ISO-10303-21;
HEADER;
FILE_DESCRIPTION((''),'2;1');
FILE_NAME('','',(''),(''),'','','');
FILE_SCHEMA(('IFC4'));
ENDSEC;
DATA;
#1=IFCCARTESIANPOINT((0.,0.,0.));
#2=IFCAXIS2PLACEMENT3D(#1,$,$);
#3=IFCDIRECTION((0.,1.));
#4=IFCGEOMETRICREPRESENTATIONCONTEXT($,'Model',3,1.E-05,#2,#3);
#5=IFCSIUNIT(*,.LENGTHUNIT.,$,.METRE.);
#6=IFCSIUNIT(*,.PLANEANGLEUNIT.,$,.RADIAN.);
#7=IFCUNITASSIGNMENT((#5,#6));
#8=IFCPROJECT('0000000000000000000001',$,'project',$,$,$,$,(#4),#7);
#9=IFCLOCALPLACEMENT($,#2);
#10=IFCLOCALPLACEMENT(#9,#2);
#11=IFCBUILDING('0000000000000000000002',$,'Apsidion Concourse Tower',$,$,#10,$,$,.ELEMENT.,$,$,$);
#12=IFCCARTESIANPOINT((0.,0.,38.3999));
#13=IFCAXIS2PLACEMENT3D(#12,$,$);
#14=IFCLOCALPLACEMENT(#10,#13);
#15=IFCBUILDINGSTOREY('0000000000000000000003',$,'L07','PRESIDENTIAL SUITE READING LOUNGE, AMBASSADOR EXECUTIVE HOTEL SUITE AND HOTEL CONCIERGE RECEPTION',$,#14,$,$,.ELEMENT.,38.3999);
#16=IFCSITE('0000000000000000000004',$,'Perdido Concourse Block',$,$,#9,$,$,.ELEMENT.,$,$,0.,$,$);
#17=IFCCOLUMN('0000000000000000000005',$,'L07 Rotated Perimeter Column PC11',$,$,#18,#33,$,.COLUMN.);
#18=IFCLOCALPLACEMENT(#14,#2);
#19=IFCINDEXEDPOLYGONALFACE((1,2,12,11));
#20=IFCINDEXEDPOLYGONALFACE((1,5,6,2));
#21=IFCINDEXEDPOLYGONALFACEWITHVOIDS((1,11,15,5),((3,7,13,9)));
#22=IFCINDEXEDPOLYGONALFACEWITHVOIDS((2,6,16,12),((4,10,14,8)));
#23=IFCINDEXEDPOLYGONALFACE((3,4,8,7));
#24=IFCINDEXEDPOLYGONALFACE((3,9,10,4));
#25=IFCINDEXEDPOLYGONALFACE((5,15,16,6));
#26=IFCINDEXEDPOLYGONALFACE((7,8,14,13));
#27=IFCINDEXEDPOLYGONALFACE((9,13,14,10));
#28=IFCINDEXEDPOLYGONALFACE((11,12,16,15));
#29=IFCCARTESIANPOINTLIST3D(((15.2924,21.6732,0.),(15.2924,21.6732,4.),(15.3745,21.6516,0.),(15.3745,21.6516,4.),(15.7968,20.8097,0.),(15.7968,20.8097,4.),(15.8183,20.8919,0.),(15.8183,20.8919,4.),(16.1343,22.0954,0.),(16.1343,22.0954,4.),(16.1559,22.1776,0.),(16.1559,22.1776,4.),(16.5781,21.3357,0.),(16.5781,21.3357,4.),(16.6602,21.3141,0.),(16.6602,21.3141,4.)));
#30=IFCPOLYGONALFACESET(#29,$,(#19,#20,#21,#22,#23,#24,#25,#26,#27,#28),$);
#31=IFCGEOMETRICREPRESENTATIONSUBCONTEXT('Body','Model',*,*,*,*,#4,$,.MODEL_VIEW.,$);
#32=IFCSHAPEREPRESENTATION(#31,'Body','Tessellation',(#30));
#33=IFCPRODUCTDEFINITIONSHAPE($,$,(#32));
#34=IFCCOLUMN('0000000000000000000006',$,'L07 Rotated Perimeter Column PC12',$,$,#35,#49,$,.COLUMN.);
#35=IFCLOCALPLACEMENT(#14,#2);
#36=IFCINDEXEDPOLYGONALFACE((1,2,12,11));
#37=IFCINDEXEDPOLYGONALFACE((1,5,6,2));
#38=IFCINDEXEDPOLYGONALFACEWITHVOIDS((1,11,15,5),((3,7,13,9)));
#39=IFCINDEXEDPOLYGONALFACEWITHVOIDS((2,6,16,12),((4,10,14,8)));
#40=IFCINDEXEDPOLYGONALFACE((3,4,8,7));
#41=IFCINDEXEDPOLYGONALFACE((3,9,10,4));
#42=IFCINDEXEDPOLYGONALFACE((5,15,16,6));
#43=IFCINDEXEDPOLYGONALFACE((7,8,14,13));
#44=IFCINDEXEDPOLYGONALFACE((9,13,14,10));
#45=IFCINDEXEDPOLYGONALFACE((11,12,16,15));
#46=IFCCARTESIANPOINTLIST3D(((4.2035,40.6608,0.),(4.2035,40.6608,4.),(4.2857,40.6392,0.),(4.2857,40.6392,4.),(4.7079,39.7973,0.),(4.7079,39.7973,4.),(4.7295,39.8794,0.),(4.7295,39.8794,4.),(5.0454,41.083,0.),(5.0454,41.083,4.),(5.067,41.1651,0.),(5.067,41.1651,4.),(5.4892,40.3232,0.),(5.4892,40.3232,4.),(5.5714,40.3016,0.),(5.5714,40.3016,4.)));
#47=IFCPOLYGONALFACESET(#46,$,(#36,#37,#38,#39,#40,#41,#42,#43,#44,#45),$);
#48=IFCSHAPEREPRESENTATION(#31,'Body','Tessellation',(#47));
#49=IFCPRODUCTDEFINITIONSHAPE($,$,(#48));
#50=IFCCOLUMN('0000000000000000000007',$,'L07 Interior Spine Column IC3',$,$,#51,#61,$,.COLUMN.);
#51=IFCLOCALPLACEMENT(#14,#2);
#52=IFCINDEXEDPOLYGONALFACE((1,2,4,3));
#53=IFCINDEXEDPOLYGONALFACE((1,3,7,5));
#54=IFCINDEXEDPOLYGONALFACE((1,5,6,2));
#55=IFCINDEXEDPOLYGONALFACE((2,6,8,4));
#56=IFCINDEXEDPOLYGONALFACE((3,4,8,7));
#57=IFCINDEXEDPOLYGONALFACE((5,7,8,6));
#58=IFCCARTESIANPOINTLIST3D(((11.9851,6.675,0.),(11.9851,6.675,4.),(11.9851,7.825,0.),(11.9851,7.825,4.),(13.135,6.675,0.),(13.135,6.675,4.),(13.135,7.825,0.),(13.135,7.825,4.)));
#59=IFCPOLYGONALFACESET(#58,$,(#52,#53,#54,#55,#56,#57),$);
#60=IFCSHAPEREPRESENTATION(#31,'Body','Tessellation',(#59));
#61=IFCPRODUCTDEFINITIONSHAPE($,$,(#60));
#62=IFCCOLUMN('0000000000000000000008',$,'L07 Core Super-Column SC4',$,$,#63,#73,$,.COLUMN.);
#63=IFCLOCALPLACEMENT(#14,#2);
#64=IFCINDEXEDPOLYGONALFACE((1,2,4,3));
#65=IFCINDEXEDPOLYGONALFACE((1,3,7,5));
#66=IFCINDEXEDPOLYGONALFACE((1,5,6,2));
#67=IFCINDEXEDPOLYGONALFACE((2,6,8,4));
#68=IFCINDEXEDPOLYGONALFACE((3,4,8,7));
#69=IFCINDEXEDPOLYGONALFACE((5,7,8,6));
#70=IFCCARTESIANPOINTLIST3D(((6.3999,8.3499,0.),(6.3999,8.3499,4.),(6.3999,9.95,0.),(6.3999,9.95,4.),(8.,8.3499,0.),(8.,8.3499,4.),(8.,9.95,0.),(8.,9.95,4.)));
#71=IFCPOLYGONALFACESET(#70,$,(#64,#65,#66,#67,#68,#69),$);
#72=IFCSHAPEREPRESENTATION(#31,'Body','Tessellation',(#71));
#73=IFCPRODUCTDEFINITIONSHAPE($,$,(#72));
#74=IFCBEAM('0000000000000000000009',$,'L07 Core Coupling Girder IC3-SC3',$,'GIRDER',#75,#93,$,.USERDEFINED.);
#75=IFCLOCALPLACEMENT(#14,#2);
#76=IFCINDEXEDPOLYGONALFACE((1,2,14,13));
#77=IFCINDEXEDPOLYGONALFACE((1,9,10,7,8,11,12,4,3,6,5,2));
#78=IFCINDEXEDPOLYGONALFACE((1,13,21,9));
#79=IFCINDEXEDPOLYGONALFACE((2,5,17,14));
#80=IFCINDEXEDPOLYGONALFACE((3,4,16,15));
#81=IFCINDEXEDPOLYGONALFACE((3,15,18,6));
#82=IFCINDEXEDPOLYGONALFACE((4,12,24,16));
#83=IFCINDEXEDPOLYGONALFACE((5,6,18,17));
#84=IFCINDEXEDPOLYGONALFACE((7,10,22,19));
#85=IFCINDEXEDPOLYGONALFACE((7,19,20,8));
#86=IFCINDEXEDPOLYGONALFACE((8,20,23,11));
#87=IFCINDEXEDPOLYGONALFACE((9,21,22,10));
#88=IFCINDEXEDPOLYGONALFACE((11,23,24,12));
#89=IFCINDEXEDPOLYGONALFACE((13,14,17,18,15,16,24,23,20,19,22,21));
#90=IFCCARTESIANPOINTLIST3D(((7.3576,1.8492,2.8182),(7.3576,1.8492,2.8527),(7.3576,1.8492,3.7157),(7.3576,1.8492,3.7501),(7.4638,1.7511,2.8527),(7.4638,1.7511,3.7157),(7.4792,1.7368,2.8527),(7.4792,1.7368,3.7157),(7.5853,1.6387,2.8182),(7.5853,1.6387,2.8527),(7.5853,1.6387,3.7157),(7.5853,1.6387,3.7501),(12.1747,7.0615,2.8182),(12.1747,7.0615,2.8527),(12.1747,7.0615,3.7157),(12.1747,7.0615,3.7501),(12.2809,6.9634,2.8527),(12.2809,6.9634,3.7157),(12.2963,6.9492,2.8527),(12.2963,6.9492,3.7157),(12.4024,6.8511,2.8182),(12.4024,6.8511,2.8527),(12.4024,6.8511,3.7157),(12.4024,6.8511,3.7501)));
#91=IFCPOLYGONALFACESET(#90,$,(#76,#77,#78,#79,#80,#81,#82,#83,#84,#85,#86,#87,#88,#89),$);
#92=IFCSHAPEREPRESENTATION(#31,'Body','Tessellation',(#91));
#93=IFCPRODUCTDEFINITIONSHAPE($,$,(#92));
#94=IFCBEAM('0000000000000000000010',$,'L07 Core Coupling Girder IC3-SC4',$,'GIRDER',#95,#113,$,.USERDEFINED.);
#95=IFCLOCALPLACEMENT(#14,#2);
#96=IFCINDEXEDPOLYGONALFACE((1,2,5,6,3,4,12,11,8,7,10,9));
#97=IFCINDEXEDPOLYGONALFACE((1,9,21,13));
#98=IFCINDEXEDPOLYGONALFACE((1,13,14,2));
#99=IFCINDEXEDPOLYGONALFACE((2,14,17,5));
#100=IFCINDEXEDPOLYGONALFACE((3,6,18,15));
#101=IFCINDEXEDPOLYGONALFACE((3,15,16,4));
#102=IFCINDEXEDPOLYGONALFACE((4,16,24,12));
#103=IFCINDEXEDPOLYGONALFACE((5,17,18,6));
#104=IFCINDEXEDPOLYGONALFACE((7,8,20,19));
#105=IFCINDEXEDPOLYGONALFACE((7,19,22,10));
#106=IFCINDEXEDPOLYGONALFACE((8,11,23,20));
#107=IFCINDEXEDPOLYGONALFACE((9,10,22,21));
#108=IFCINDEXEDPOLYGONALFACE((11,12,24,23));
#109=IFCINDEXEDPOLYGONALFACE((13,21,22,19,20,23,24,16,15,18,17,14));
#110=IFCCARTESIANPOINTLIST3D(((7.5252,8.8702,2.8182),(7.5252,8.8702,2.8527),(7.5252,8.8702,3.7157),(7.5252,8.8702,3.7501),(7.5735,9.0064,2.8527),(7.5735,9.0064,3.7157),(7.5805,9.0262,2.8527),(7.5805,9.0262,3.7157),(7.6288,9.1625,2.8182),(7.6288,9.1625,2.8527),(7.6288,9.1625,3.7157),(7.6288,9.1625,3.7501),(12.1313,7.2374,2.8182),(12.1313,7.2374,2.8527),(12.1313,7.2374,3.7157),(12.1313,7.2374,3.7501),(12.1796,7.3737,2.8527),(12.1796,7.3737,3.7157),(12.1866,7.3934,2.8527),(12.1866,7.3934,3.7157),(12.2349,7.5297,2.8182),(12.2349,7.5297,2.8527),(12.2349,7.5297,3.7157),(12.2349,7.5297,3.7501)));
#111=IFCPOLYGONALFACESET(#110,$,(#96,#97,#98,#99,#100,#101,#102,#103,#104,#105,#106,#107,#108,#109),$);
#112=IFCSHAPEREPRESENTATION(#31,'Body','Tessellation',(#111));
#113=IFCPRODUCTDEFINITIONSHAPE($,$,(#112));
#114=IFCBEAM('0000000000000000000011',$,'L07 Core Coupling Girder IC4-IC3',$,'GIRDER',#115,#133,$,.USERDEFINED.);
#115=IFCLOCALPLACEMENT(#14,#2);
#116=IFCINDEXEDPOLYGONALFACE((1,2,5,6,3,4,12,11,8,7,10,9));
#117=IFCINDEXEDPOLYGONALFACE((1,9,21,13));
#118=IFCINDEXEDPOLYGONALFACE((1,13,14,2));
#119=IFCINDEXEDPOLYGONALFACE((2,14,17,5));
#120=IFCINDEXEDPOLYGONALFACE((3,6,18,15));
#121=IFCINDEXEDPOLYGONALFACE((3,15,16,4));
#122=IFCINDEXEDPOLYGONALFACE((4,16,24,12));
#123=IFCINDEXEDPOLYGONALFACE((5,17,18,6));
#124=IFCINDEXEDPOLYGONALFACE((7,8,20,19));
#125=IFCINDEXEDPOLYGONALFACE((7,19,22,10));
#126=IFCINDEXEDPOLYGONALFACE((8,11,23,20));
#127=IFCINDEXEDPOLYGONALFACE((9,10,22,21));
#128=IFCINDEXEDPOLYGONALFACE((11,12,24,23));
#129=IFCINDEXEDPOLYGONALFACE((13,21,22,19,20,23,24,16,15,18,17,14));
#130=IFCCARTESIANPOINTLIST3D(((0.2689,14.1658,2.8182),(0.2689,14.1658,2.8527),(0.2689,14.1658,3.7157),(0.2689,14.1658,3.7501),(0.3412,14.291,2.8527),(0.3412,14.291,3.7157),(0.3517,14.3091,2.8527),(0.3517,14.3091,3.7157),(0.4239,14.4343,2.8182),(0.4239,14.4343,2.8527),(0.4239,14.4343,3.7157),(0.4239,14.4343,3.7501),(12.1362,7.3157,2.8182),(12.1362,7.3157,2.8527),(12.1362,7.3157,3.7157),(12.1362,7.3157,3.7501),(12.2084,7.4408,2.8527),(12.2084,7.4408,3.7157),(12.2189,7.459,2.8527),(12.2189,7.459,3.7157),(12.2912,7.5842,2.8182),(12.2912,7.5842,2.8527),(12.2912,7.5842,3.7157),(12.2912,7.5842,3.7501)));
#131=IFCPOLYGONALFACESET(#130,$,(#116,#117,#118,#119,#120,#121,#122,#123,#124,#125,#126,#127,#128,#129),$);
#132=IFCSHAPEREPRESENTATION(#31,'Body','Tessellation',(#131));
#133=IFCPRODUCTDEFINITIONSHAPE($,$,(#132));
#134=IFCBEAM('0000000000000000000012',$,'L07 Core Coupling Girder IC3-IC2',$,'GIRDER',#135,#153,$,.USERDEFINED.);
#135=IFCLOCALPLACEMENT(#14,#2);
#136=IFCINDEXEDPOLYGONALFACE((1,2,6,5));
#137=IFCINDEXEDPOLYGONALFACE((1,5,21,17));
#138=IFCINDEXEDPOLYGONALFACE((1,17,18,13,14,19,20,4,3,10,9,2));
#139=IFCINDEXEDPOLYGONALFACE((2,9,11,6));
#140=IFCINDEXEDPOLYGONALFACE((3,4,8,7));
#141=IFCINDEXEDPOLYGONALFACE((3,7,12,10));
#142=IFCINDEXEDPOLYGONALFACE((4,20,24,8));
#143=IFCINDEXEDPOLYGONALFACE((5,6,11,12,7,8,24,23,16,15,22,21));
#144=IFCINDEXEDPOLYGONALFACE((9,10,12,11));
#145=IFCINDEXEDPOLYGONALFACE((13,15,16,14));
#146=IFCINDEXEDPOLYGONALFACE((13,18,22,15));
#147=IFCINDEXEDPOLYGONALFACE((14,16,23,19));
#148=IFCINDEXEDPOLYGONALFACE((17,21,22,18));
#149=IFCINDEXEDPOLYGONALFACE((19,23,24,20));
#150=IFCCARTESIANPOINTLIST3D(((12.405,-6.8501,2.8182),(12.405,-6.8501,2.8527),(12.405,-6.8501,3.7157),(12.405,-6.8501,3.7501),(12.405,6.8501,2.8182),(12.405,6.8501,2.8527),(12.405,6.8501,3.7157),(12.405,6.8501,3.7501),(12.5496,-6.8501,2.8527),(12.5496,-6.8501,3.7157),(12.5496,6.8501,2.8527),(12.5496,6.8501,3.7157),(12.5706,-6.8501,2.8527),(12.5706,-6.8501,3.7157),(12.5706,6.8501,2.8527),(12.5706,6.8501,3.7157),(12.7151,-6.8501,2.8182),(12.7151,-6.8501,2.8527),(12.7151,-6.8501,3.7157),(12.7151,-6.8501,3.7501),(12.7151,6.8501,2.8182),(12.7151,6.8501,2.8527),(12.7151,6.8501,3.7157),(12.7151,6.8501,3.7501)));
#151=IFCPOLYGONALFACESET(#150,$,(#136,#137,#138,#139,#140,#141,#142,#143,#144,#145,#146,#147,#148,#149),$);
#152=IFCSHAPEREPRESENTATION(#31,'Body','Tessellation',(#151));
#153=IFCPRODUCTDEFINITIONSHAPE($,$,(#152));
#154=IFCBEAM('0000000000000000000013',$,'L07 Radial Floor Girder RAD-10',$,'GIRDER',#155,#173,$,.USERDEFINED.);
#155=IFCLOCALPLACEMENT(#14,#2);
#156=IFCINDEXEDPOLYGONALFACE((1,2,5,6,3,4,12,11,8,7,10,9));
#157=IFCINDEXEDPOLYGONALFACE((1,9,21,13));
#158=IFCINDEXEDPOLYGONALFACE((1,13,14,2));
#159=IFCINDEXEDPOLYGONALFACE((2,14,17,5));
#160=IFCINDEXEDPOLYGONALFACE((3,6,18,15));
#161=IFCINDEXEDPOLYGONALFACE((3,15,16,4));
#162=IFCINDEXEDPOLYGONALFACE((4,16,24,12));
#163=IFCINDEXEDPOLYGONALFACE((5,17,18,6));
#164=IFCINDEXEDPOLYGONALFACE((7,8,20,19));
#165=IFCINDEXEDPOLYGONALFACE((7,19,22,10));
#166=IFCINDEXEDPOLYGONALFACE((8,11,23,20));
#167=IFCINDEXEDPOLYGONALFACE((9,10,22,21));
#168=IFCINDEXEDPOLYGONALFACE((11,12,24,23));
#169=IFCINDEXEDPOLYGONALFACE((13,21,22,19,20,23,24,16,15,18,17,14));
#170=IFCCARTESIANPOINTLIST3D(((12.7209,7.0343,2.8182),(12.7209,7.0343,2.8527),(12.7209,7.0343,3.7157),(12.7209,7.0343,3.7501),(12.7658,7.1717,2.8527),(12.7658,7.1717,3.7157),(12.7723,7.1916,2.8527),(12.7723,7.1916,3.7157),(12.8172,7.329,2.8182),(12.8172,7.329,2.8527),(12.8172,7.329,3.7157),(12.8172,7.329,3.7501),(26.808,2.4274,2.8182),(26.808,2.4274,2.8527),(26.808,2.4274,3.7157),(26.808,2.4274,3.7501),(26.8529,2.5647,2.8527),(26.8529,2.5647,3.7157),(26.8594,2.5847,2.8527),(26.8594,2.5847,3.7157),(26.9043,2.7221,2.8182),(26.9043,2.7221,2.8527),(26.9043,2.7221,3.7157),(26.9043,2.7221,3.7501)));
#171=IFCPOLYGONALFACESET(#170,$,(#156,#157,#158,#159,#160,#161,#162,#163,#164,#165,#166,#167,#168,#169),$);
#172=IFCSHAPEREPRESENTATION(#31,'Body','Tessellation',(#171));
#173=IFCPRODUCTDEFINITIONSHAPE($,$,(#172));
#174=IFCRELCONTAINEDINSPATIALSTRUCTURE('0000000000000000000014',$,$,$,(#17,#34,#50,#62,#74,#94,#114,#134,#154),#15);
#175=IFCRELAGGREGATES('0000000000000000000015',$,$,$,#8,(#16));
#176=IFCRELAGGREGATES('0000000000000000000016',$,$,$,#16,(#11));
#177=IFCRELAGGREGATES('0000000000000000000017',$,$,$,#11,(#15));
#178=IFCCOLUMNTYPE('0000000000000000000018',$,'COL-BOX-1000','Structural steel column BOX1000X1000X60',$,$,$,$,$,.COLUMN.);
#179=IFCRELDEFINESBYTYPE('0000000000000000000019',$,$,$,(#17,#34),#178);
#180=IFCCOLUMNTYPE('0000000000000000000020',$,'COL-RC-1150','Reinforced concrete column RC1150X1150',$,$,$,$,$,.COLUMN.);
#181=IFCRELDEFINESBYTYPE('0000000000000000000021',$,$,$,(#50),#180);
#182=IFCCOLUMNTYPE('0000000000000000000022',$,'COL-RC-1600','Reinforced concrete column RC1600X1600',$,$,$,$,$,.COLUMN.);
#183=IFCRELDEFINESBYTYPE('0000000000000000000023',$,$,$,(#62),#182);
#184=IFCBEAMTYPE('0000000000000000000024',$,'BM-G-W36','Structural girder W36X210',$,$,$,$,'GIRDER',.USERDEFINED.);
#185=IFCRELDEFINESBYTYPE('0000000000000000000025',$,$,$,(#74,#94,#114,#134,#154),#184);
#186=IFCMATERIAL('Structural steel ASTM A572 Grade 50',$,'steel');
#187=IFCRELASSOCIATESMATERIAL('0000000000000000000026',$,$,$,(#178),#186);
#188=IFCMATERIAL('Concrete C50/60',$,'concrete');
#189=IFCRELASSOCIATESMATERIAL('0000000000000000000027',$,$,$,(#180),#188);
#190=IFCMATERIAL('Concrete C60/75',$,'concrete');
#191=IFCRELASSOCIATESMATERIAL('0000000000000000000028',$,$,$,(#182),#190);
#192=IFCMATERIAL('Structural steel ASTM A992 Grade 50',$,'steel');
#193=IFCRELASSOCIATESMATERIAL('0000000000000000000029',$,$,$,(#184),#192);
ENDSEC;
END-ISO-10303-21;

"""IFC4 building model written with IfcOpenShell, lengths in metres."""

from ifc_helpers import new_model, si_unit, direction, frame, origin, origin_2d, place, context, subcontext, project, spatial, rectangle, hollow_rectangle, i_section, extrude, material, material_profile, profile_set, type_object, element, save


model = new_model("IFC4")

# Units and contexts
model_context = context("Model", 3, precision=1e-05, world=origin(), true_north=direction((0.0, 1.0)))
body_context = subcontext(model_context, "Body", "Model", "MODEL_VIEW")
ifc_project = project(units=[si_unit("LENGTHUNIT", "METRE"), si_unit("PLANEANGLEUNIT", "RADIAN")], contexts=[model_context])

# Site, building, storey
site_placement = place(None, origin())
site = spatial("IfcSite", under=ifc_project, at=site_placement, Name="Perdido Concourse Block", CompositionType="ELEMENT", RefElevation=0.0)
building_placement = place(site_placement, origin())
building = spatial("IfcBuilding", under=site, at=building_placement, Name="Apsidion Concourse Tower", CompositionType="ELEMENT")
storey_placement = place(building_placement, frame((0.0, 0.0, 38.3999)))
storey = spatial("IfcBuildingStorey", under=building, at=storey_placement, Name="L07", Description="PRESIDENTIAL SUITE READING LOUNGE, AMBASSADOR EXECUTIVE HOTEL SUITE AND HOTEL CONCIERGE RECEPTION", CompositionType="ELEMENT", Elevation=38.3999)

# Columns
ifc_material_1 = material(Name="Structural steel ASTM A572 Grade 50", Category="steel")
ifc_material_profile_1 = material_profile(ifc_material_1, hollow_rectangle(XDim=1.0, YDim=1.0, WallThickness=0.0601, at=origin_2d()), Name="BOX1000X1000X60")
ifc_profile_set_1 = profile_set([ifc_material_profile_1], Name="Structural steel ASTM A572 Grade 50")
column_type_1 = type_object("IfcColumnType", Name="COL-BOX-1000", Description="Structural steel column BOX1000X1000X60", PredefinedType="COLUMN", material=ifc_profile_set_1)
for number, where, z_axis, x_axis, name in (
    (1, (15.9763, 21.4937, 0.0), (0.0, 0.0, 1.0), (-0.504377, 0.863484, 0.0), "L07 Rotated Perimeter Column PC11"),
    (2, (4.8875, 40.4812, 0.0), (0.0, 0.0, 1.0), (-0.504377, 0.863484, 0.0), "L07 Rotated Perimeter Column PC12"),
):
    element("IfcColumn", number, at=place(storey_placement, frame(where, z_axis=z_axis, x_axis=x_axis)), inside=storey, type_object=column_type_1, Name=name, PredefinedType="COLUMN", context=body_context, shape_type="SweptSolid", body=[
        extrude(hollow_rectangle(XDim=1.0, YDim=1.0, WallThickness=0.0601, at=origin_2d()), origin(), (0.0, 0.0, 1.0), 4.0),
    ])
ifc_material_2 = material(Name="Concrete C50/60", Category="concrete")
ifc_material_profile_2 = material_profile(ifc_material_2, rectangle(XDim=1.1499, YDim=1.1499, at=origin_2d()), Name="RC 1150x1150")
ifc_profile_set_2 = profile_set([ifc_material_profile_2], Name="Concrete C50/60")
column_type_2 = type_object("IfcColumnType", Name="COL-RC-1150", Description="Reinforced concrete column RC1150X1150", PredefinedType="COLUMN", material=ifc_profile_set_2)
column_1_placement = place(storey_placement, frame((12.5601, 7.25, 0.0), z_axis=(0.0, 0.0, 1.0), x_axis=(1.0, 0.0, 0.0)))
element("IfcColumn", 3, at=column_1_placement, inside=storey, type_object=column_type_2, Name="L07 Interior Spine Column IC3", PredefinedType="COLUMN", context=body_context, shape_type="SweptSolid", body=[
    extrude(rectangle(XDim=1.1499, YDim=1.1499, at=origin_2d()), origin(), (0.0, 0.0, 1.0), 4.0),
])
ifc_material_3 = material(Name="Concrete C60/75", Category="concrete")
ifc_material_profile_3 = material_profile(ifc_material_3, rectangle(XDim=1.6001, YDim=1.6001, at=origin_2d()), Name="RC 1600x1600")
ifc_profile_set_3 = profile_set([ifc_material_profile_3], Name="Concrete C60/75")
column_type_3 = type_object("IfcColumnType", Name="COL-RC-1600", Description="Reinforced concrete column RC1600X1600", PredefinedType="COLUMN", material=ifc_profile_set_3)
column_2_placement = place(storey_placement, frame((7.2, 9.1499, 0.0), z_axis=(0.0, 0.0, 1.0), x_axis=(1.0, 0.0, 0.0)))
element("IfcColumn", 4, at=column_2_placement, inside=storey, type_object=column_type_3, Name="L07 Core Super-Column SC4", PredefinedType="COLUMN", context=body_context, shape_type="SweptSolid", body=[
    extrude(rectangle(XDim=1.6001, YDim=1.6001, at=origin_2d()), origin(), (0.0, 0.0, 1.0), 4.0),
])

# Beams
ifc_material_4 = material(Name="Structural steel ASTM A992 Grade 50", Category="steel")
ifc_material_profile_4 = material_profile(ifc_material_4, i_section(OverallWidth=0.3101, OverallDepth=0.9319, WebThickness=0.021, FlangeThickness=0.0344, at=origin_2d()), Name="W36X210")
ifc_profile_set_4 = profile_set([ifc_material_profile_4], Name="Structural steel ASTM A992 Grade 50")
beam_type_1 = type_object("IfcBeamType", Name="BM-G-W36", Description="Structural girder W36X210", ElementType="GIRDER", PredefinedType="USERDEFINED", material=ifc_profile_set_4)
beam_1_placement = place(storey_placement, frame((12.2886, 6.9563, 3.2842), z_axis=(-0.678713, -0.734404, 0.0), x_axis=(0.734404, -0.678713, 0.0)))
element("IfcBeam", 5, at=beam_1_placement, inside=storey, type_object=beam_type_1, Name="L07 Core Coupling Girder IC3-SC3", ObjectType="GIRDER", PredefinedType="USERDEFINED", context=body_context, shape_type="SweptSolid", body=[
    extrude(i_section(OverallWidth=0.3101, OverallDepth=0.9319, WebThickness=0.021, FlangeThickness=0.0344, at=origin_2d()), origin(), (0.0, 0.0, 1.0), 7.0974),
])
beam_2_placement = place(storey_placement, frame((12.1831, 7.3835, 3.2842), z_axis=(-0.942534, 0.334111, 0.0), x_axis=(-0.334111, -0.942534, 0.0)))
element("IfcBeam", 6, at=beam_2_placement, inside=storey, type_object=beam_type_1, Name="L07 Core Coupling Girder IC3-SC4", ObjectType="GIRDER", PredefinedType="USERDEFINED", context=body_context, shape_type="SweptSolid", body=[
    extrude(i_section(OverallWidth=0.3101, OverallDepth=0.9319, WebThickness=0.021, FlangeThickness=0.0344, at=origin_2d()), origin(), (0.0, 0.0, 1.0), 4.887),
])
beam_3_placement = place(storey_placement, frame((0.3464, 14.3, 3.2842), z_axis=(0.86607, -0.499922, 0.0), x_axis=(0.499922, 0.86607, 0.0)))
element("IfcBeam", 7, at=beam_3_placement, inside=storey, type_object=beam_type_1, Name="L07 Core Coupling Girder IC4-IC3", ObjectType="GIRDER", PredefinedType="USERDEFINED", context=body_context, shape_type="SweptSolid", body=[
    extrude(i_section(OverallWidth=0.3101, OverallDepth=0.9319, WebThickness=0.021, FlangeThickness=0.0344, at=origin_2d()), origin(), (0.0, 0.0, 1.0), 13.7024),
])
beam_4_placement = place(storey_placement, frame((12.5601, 6.8501, 3.2842), z_axis=(0.0, -1.0, 0.0), x_axis=(1.0, 0.0, 0.0)))
element("IfcBeam", 8, at=beam_4_placement, inside=storey, type_object=beam_type_1, Name="L07 Core Coupling Girder IC3-IC2", ObjectType="GIRDER", PredefinedType="USERDEFINED", context=body_context, shape_type="SweptSolid", body=[
    extrude(i_section(OverallWidth=0.3101, OverallDepth=0.9319, WebThickness=0.021, FlangeThickness=0.0344, at=origin_2d()), origin(), (0.0, 0.0, 1.0), 13.7002),
])
beam_5_placement = place(storey_placement, frame((12.769, 7.1816, 3.2842), z_axis=(0.950465, -0.310831, 0.0), x_axis=(0.310831, 0.950465, 0.0)))
element("IfcBeam", 9, at=beam_5_placement, inside=storey, type_object=beam_type_1, Name="L07 Radial Floor Girder RAD-10", ObjectType="GIRDER", PredefinedType="USERDEFINED", context=body_context, shape_type="SweptSolid", body=[
    extrude(i_section(OverallWidth=0.3101, OverallDepth=0.9319, WebThickness=0.021, FlangeThickness=0.0344, at=origin_2d()), origin(), (0.0, 0.0, 1.0), 14.8213),
])

save(model, "model.ifc")
